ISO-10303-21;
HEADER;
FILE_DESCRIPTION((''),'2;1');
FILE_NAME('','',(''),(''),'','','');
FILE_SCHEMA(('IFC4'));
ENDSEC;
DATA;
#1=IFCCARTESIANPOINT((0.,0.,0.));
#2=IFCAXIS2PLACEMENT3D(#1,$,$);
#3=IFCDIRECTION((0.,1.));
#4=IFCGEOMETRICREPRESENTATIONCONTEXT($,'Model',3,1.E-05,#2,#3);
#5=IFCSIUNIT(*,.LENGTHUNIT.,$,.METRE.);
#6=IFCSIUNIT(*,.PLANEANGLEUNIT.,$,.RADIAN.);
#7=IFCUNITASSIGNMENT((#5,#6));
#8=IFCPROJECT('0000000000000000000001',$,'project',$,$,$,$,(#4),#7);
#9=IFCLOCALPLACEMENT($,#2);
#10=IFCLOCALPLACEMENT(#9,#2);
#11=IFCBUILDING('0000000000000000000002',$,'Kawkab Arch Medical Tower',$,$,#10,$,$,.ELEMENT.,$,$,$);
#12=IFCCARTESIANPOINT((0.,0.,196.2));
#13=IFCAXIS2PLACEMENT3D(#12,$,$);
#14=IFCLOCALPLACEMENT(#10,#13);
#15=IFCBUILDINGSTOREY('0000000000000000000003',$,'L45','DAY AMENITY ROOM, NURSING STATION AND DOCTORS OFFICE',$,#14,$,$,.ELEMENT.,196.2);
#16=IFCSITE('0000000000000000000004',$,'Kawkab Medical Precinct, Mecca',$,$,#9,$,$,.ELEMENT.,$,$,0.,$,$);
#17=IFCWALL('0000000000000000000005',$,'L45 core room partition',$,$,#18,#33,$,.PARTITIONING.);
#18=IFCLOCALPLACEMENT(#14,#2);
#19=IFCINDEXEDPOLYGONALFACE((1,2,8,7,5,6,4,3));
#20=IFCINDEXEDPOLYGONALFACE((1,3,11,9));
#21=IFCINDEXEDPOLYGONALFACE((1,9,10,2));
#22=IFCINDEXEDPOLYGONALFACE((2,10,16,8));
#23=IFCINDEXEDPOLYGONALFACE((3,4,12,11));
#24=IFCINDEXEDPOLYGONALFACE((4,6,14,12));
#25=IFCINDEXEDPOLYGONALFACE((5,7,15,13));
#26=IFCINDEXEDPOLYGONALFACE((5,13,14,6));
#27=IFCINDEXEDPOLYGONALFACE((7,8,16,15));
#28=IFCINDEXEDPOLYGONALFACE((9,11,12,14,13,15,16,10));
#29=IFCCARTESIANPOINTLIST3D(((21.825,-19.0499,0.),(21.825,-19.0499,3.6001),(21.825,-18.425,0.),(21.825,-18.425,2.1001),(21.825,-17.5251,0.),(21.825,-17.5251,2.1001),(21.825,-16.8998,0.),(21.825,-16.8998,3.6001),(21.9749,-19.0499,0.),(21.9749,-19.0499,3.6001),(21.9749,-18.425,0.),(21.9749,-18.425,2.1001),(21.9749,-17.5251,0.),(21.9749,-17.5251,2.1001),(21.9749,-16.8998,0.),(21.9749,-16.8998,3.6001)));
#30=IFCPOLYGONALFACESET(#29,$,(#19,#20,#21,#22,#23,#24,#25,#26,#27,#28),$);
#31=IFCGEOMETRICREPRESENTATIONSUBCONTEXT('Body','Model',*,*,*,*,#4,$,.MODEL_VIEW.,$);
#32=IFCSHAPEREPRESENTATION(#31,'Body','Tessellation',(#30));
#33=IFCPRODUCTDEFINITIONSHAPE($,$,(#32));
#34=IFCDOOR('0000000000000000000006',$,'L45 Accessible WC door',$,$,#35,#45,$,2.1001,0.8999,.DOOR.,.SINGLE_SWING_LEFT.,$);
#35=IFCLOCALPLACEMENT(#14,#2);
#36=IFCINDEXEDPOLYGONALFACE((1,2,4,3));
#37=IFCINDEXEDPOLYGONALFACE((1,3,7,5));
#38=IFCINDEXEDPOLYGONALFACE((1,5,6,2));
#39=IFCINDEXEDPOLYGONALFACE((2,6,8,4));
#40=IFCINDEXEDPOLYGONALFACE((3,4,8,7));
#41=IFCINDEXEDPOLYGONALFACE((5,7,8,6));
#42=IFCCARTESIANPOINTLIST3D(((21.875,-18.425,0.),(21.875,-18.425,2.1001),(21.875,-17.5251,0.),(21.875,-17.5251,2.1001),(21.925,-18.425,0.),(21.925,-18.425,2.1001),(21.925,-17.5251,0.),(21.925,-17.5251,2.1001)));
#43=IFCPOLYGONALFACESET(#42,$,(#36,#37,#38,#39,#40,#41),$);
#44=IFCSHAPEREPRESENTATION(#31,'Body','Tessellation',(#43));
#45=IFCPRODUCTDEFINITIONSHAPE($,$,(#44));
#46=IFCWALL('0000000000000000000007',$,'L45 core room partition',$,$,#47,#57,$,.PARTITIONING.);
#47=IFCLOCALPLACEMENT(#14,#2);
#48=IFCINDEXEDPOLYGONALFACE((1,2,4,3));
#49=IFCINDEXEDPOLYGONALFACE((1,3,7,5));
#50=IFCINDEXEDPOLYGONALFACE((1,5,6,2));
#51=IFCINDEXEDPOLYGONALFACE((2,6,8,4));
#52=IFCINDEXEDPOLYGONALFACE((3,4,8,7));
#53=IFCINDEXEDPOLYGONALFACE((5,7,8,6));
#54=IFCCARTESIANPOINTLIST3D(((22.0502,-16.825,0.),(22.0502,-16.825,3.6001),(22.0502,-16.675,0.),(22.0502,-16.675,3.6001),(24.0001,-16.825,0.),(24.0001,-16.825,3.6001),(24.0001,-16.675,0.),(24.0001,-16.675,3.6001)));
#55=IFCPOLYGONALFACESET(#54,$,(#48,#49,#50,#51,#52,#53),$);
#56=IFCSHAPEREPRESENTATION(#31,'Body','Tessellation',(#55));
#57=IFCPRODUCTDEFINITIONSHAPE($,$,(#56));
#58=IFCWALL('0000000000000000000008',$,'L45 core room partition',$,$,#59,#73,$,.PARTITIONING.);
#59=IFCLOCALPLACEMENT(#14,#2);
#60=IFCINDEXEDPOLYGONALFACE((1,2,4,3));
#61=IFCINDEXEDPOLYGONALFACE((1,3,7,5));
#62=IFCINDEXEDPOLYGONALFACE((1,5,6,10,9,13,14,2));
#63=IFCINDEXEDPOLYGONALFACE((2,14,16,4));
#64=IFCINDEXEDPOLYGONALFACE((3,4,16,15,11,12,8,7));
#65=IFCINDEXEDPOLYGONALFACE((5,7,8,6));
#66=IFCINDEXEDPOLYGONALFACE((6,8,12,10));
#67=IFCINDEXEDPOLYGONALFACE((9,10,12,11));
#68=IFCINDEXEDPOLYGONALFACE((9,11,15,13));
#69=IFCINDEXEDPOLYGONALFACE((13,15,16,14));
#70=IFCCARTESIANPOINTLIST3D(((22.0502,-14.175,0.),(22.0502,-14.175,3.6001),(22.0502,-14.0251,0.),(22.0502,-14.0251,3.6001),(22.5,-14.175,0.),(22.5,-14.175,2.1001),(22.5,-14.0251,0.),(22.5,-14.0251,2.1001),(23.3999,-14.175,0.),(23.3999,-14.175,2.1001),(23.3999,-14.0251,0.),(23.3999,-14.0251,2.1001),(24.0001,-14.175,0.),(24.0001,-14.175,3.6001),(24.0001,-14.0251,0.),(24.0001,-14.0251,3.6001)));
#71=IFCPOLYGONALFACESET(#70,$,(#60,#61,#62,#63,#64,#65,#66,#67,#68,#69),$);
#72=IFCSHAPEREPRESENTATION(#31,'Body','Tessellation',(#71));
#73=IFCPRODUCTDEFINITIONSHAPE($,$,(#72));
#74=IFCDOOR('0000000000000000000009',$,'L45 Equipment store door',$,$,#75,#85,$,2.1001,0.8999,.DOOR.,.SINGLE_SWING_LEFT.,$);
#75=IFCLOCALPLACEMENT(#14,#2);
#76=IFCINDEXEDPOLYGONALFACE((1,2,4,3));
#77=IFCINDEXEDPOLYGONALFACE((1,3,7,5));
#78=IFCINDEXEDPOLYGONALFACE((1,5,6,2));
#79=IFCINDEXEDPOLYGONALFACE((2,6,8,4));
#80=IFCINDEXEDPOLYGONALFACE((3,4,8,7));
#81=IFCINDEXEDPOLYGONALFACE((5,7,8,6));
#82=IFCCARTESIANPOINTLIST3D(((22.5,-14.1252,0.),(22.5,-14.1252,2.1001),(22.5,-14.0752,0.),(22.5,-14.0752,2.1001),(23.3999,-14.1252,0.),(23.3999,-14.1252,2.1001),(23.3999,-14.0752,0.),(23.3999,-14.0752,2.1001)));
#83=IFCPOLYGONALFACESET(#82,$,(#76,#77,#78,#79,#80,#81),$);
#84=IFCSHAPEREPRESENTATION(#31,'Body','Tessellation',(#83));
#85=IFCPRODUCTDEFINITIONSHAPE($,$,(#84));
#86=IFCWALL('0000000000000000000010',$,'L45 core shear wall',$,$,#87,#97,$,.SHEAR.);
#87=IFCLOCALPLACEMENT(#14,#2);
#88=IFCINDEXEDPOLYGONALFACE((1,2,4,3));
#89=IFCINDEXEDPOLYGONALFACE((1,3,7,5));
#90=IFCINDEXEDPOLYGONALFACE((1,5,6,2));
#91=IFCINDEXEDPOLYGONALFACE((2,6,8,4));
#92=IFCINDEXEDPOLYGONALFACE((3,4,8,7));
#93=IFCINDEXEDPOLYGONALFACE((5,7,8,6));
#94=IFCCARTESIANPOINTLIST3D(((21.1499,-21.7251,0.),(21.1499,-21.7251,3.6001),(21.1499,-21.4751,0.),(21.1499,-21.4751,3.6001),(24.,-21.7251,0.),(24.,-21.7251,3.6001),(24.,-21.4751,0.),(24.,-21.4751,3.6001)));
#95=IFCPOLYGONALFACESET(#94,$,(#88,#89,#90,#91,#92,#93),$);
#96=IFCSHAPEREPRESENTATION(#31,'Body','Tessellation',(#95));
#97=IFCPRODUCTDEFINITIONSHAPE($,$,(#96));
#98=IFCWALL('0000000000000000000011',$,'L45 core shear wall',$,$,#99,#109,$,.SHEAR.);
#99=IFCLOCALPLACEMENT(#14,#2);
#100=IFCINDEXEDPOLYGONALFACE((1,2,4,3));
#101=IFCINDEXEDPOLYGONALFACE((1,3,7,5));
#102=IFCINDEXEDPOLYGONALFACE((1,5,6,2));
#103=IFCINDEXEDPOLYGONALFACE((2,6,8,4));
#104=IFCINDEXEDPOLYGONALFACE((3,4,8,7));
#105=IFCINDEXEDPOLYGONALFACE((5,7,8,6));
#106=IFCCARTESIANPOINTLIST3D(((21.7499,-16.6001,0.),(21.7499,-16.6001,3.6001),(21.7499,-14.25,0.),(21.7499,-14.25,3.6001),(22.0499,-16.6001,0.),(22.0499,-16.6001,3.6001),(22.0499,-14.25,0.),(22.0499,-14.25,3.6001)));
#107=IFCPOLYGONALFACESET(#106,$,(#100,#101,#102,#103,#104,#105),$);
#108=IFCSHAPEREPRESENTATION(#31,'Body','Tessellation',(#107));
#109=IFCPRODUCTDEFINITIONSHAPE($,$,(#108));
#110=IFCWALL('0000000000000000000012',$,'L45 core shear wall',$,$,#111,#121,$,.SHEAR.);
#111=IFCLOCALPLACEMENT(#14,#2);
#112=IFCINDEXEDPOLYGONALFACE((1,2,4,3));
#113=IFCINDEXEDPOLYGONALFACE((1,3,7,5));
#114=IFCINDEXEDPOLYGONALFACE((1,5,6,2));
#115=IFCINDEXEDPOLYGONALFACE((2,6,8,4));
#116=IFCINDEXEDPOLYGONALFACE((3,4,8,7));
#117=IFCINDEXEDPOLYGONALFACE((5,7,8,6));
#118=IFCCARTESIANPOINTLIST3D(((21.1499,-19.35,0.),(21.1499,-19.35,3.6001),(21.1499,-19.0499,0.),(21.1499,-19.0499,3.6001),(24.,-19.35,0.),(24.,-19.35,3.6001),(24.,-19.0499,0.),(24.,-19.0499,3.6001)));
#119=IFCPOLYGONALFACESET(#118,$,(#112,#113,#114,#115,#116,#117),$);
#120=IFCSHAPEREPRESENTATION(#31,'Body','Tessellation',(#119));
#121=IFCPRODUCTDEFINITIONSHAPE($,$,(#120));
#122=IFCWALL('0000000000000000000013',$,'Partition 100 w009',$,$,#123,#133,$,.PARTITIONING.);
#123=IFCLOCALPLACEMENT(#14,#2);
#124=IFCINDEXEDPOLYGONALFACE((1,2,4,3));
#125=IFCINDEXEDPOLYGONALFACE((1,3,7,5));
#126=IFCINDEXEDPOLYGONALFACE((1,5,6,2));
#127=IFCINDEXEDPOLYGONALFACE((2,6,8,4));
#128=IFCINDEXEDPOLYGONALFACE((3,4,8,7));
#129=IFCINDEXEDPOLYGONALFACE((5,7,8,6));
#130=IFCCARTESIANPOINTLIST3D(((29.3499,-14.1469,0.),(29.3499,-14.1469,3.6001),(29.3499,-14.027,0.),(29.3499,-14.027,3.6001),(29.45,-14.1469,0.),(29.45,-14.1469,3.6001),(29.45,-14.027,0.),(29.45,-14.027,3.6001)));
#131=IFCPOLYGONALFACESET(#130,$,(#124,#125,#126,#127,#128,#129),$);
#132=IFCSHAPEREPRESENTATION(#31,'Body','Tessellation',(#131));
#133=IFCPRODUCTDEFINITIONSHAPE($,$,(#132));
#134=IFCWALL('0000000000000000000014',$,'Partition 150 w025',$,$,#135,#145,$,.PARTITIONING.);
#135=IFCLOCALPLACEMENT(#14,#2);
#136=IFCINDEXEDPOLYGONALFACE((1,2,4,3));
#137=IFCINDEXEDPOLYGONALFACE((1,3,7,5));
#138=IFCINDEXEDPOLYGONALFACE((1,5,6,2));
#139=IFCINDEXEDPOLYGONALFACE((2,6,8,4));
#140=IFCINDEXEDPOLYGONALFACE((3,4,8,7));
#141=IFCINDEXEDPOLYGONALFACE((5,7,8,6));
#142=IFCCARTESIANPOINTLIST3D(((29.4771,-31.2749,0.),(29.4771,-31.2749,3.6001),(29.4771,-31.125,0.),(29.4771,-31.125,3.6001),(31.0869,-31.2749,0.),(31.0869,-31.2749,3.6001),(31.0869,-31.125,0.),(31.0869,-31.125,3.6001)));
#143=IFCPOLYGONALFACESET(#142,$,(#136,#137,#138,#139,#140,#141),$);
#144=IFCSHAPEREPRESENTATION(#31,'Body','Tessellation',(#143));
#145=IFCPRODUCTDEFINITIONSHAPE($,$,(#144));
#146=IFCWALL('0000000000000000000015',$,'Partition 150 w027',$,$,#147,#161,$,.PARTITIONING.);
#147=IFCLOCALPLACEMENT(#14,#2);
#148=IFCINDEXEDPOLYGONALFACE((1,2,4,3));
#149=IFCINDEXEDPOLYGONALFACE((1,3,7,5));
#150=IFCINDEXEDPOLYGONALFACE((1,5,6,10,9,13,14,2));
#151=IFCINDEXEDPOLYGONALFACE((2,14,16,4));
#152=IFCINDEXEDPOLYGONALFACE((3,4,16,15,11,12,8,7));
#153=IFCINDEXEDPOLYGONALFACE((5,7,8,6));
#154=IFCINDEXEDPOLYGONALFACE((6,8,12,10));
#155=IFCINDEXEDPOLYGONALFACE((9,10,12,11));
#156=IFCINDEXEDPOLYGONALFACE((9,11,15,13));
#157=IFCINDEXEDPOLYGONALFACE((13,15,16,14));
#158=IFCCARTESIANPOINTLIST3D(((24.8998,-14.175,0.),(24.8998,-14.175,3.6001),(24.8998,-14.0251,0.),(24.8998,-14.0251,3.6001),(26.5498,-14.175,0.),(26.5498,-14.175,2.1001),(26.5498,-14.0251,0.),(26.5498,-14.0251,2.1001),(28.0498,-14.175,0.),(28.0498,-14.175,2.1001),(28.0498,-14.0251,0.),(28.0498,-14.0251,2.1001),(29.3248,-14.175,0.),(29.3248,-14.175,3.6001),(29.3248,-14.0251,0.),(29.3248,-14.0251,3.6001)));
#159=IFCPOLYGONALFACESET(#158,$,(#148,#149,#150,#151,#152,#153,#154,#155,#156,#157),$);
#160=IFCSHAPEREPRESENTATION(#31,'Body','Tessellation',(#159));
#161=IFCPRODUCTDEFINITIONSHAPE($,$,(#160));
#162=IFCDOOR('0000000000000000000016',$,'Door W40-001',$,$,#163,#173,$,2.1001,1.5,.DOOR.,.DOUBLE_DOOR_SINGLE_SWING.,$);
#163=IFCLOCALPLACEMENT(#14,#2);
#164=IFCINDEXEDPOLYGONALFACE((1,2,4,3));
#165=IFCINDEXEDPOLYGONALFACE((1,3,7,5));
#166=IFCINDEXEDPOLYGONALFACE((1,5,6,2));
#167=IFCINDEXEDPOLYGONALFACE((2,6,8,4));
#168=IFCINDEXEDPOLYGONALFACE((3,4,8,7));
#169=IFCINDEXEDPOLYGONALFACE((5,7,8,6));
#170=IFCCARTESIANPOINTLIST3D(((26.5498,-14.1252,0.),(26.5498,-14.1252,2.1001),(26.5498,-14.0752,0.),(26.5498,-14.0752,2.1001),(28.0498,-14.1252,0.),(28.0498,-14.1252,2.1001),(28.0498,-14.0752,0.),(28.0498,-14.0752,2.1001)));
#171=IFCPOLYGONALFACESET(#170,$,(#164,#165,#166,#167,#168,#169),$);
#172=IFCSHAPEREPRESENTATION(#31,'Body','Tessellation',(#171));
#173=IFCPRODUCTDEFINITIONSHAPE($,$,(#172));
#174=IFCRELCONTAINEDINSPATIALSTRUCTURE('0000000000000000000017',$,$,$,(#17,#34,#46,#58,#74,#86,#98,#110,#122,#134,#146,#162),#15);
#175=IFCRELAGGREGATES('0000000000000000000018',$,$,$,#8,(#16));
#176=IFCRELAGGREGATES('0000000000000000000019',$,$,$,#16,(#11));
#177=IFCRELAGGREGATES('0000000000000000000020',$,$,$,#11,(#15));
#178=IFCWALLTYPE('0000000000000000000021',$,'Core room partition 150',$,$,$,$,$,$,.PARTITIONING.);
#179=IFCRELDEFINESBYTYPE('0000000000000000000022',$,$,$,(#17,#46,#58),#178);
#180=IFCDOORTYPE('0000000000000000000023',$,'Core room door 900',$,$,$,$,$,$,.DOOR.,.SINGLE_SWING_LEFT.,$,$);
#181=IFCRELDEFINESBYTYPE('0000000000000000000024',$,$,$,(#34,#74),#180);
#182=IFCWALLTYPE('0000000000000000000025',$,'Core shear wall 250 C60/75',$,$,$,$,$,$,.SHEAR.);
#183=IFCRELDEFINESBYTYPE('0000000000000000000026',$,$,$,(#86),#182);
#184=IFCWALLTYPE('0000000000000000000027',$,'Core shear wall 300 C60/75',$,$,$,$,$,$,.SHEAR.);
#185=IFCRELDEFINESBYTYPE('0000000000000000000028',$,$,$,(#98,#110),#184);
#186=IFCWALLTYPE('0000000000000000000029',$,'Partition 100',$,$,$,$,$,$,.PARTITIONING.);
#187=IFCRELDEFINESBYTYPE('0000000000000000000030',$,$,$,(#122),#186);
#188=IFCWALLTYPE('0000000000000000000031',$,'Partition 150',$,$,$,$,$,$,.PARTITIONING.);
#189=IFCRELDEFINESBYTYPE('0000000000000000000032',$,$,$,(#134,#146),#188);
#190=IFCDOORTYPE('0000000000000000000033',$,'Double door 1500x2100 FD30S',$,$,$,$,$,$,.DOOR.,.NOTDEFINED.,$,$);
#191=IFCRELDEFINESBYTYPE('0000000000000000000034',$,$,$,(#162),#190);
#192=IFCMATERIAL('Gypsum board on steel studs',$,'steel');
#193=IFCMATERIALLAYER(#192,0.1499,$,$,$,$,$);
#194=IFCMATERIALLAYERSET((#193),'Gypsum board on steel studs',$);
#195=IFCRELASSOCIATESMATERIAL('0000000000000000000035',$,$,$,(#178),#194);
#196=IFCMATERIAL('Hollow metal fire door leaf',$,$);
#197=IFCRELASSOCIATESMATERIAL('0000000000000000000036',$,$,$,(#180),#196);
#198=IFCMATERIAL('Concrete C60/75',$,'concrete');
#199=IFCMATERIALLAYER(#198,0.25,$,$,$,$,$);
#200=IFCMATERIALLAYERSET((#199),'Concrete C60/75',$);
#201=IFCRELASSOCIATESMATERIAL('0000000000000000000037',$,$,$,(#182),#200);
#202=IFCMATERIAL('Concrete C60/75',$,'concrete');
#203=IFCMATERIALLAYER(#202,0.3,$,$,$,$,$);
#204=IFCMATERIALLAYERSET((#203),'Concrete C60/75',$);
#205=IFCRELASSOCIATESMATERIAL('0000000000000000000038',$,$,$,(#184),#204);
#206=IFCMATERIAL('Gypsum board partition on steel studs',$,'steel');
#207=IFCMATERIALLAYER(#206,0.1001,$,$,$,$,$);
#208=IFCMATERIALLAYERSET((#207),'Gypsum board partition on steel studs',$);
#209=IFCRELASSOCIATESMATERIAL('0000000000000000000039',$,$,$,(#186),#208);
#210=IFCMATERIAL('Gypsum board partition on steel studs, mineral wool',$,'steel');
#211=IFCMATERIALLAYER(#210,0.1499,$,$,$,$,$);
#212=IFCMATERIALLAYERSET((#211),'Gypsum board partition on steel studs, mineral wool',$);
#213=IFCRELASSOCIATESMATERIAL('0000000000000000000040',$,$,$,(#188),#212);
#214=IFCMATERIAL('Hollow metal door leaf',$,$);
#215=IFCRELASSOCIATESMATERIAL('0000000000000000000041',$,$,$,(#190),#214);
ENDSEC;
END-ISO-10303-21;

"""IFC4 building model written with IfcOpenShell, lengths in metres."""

from ifc_helpers import new_model, si_unit, direction, frame, frame_2d, origin, place, context, subcontext, project, spatial, rectangle, extrude, material, layer, layer_set, type_object, element, fill, save


model = new_model("IFC4")

# Units and contexts
model_context = context("Model", 3, precision=1e-05, world=origin(), true_north=direction((0.0, 1.0)))
body_context = subcontext(model_context, "Body", "Model", "MODEL_VIEW")
ifc_project = project(units=[si_unit("LENGTHUNIT", "METRE"), si_unit("PLANEANGLEUNIT", "RADIAN")], contexts=[model_context])

# Site, building, storey
site_placement = place(None, origin())
site = spatial("IfcSite", under=ifc_project, at=site_placement, Name="Kawkab Medical Precinct, Mecca", CompositionType="ELEMENT", RefElevation=0.0)
building_placement = place(site_placement, origin())
building = spatial("IfcBuilding", under=site, at=building_placement, Name="Kawkab Arch Medical Tower", CompositionType="ELEMENT")
storey_placement = place(building_placement, frame((0.0, 0.0, 196.2)))
storey = spatial("IfcBuildingStorey", under=building, at=storey_placement, Name="L45", Description="DAY AMENITY ROOM, NURSING STATION AND DOCTORS OFFICE", CompositionType="ELEMENT", Elevation=196.2)

# Wall, opening, door
ifc_material_1 = material(Name="Gypsum board on steel studs", Category="steel")
ifc_layer_1 = layer(ifc_material_1, 0.1499)
ifc_layer_set_1 = layer_set([ifc_layer_1], Name="Gypsum board on steel studs")
wall_type_1 = type_object("IfcWallType", Name="Core room partition 150", PredefinedType="PARTITIONING", material=ifc_layer_set_1)
wall_1_placement = place(storey_placement, frame((21.8999, -19.05, 0.0), z_axis=(0.0, 0.0, 1.0), x_axis=(0.0, 1.0, 0.0)))
wall_1 = element("IfcWall", 1, at=wall_1_placement, inside=storey, type_object=wall_type_1, Name="L45 core room partition", PredefinedType="PARTITIONING", context=body_context, shape_type="SweptSolid", body=[
    extrude(rectangle(XDim=2.1501, YDim=0.1499, at=frame_2d((1.0752, 0.0))), origin(), (0.0, 0.0, 1.0), 3.6001),
])
opening_1_placement = place(wall_1_placement, frame((0.625, 0.0, 0.0)))
opening_1 = element("IfcOpeningElement", 2, at=opening_1_placement, cuts=wall_1, PredefinedType="OPENING", context=body_context, shape_type="SweptSolid", body=[
    extrude(rectangle(XDim=0.8999, YDim=2.1001, at=frame_2d((0.45, 1.05))), frame((0.0, 0.085, 0.0), z_axis=(0.0, -1.0, 0.0), x_axis=(1.0, 0.0, 0.0)), (0.0, 0.0, 1.0), 0.1699),
])
ifc_material_2 = material(Name="Hollow metal fire door leaf")
door_type_1 = type_object("IfcDoorType", Name="Core room door 900", OperationType="SINGLE_SWING_LEFT", PredefinedType="DOOR", material=ifc_material_2)
door_1_placement = place(opening_1_placement, origin())
door_1 = element("IfcDoor", 3, at=door_1_placement, inside=storey, type_object=door_type_1, Name="L45 Accessible WC door", OperationType="SINGLE_SWING_LEFT", OverallHeight=2.1001, OverallWidth=0.8999, PredefinedType="DOOR", context=body_context, shape_type="SweptSolid", body=[
    extrude(rectangle(XDim=0.8999, YDim=2.1001, at=frame_2d((0.45, 1.05))), frame((0.0, 0.0249, 0.0), z_axis=(0.0, -1.0, 0.0), x_axis=(1.0, 0.0, 0.0)), (0.0, 0.0, 1.0), 0.05),
])
fill(opening_1, door_1)

# Wall
wall_2_placement = place(storey_placement, frame((22.05, -16.75, 0.0), z_axis=(0.0, 0.0, 1.0), x_axis=(1.0, 0.0, 0.0)))
element("IfcWall", 4, at=wall_2_placement, inside=storey, type_object=wall_type_1, Name="L45 core room partition", PredefinedType="PARTITIONING", context=body_context, shape_type="SweptSolid", body=[
    extrude(rectangle(XDim=1.95, YDim=0.1499, at=frame_2d((0.9751, 0.0))), origin(), (0.0, 0.0, 1.0), 3.6001),
])

# Wall, opening, door
wall_3_placement = place(storey_placement, frame((22.05, -14.1001, 0.0), z_axis=(0.0, 0.0, 1.0), x_axis=(1.0, 0.0, 0.0)))
wall_3 = element("IfcWall", 5, at=wall_3_placement, inside=storey, type_object=wall_type_1, Name="L45 core room partition", PredefinedType="PARTITIONING", context=body_context, shape_type="SweptSolid", body=[
    extrude(rectangle(XDim=1.95, YDim=0.1499, at=frame_2d((0.9751, 0.0))), origin(), (0.0, 0.0, 1.0), 3.6001),
])
opening_2_placement = place(wall_3_placement, frame((0.45, 0.0, 0.0)))
opening_2 = element("IfcOpeningElement", 6, at=opening_2_placement, cuts=wall_3, PredefinedType="OPENING", context=body_context, shape_type="SweptSolid", body=[
    extrude(rectangle(XDim=0.8999, YDim=2.1001, at=frame_2d((0.45, 1.05))), frame((0.0, 0.085, 0.0), z_axis=(0.0, -1.0, 0.0), x_axis=(1.0, 0.0, 0.0)), (0.0, 0.0, 1.0), 0.1699),
])
door_2_placement = place(opening_2_placement, origin())
door_2 = element("IfcDoor", 7, at=door_2_placement, inside=storey, type_object=door_type_1, Name="L45 Equipment store door", OperationType="SINGLE_SWING_LEFT", OverallHeight=2.1001, OverallWidth=0.8999, PredefinedType="DOOR", context=body_context, shape_type="SweptSolid", body=[
    extrude(rectangle(XDim=0.8999, YDim=2.1001, at=frame_2d((0.45, 1.05))), frame((0.0, 0.0249, 0.0), z_axis=(0.0, -1.0, 0.0), x_axis=(1.0, 0.0, 0.0)), (0.0, 0.0, 1.0), 0.05),
])
fill(opening_2, door_2)

# Walls
ifc_material_3 = material(Name="Concrete C60/75", Category="concrete")
ifc_layer_2 = layer(ifc_material_3, 0.25)
ifc_layer_set_2 = layer_set([ifc_layer_2], Name="Concrete C60/75")
wall_type_2 = type_object("IfcWallType", Name="Core shear wall 250 C60/75", PredefinedType="SHEAR", material=ifc_layer_set_2)
wall_4_placement = place(storey_placement, frame((21.1499, -21.6001, 0.0), z_axis=(0.0, 0.0, 1.0), x_axis=(1.0, 0.0, 0.0)))
element("IfcWall", 8, at=wall_4_placement, inside=storey, type_object=wall_type_2, Name="L45 core shear wall", PredefinedType="SHEAR", context=body_context, shape_type="SweptSolid", body=[
    extrude(rectangle(XDim=2.8501, YDim=0.25, at=frame_2d((1.425, 0.0))), origin(), (0.0, 0.0, 1.0), 3.6001),
])
ifc_material_4 = material(Name="Concrete C60/75", Category="concrete")
ifc_layer_3 = layer(ifc_material_4, 0.3)
ifc_layer_set_3 = layer_set([ifc_layer_3], Name="Concrete C60/75")
wall_type_3 = type_object("IfcWallType", Name="Core shear wall 300 C60/75", PredefinedType="SHEAR", material=ifc_layer_set_3)
wall_5_placement = place(storey_placement, frame((21.8999, -16.6001, 0.0), z_axis=(0.0, 0.0, 1.0), x_axis=(0.0, 1.0, 0.0)))
element("IfcWall", 9, at=wall_5_placement, inside=storey, type_object=wall_type_3, Name="L45 core shear wall", PredefinedType="SHEAR", context=body_context, shape_type="SweptSolid", body=[
    extrude(rectangle(XDim=2.3501, YDim=0.3, at=frame_2d((1.175, 0.0))), origin(), (0.0, 0.0, 1.0), 3.6001),
])
wall_6_placement = place(storey_placement, frame((21.1499, -19.2, 0.0), z_axis=(0.0, 0.0, 1.0), x_axis=(1.0, 0.0, 0.0)))
element("IfcWall", 10, at=wall_6_placement, inside=storey, type_object=wall_type_3, Name="L45 core shear wall", PredefinedType="SHEAR", context=body_context, shape_type="SweptSolid", body=[
    extrude(rectangle(XDim=2.8501, YDim=0.3, at=frame_2d((1.425, 0.0))), origin(), (0.0, 0.0, 1.0), 3.6001),
])
ifc_material_5 = material(Name="Gypsum board partition on steel studs", Category="steel")
ifc_layer_4 = layer(ifc_material_5, 0.1001)
ifc_layer_set_4 = layer_set([ifc_layer_4], Name="Gypsum board partition on steel studs")
wall_type_4 = type_object("IfcWallType", Name="Partition 100", PredefinedType="PARTITIONING", material=ifc_layer_set_4)
wall_7_placement = place(storey_placement, frame((29.3999, -14.147, 0.0), z_axis=(0.0, 0.0, 1.0), x_axis=(0.0, 1.0, 0.0)))
element("IfcWall", 11, at=wall_7_placement, inside=storey, type_object=wall_type_4, Name="Partition 100 w009", PredefinedType="PARTITIONING", context=body_context, shape_type="SweptSolid", body=[
    extrude(rectangle(XDim=0.1199, YDim=0.1001, at=frame_2d((0.0601, 0.0))), origin(), (0.0, 0.0, 1.0), 3.6001),
])
ifc_material_6 = material(Name="Gypsum board partition on steel studs, mineral wool", Category="steel")
ifc_layer_5 = layer(ifc_material_6, 0.1499)
ifc_layer_set_5 = layer_set([ifc_layer_5], Name="Gypsum board partition on steel studs, mineral wool")
wall_type_5 = type_object("IfcWallType", Name="Partition 150", PredefinedType="PARTITIONING", material=ifc_layer_set_5)
wall_8_placement = place(storey_placement, frame((29.4771, -31.2, 0.0), z_axis=(0.0, 0.0, 1.0), x_axis=(1.0, 0.0, 0.0)))
element("IfcWall", 12, at=wall_8_placement, inside=storey, type_object=wall_type_5, Name="Partition 150 w025", PredefinedType="PARTITIONING", context=body_context, shape_type="SweptSolid", body=[
    extrude(rectangle(XDim=1.6099, YDim=0.1499, at=frame_2d((0.8049, 0.0))), origin(), (0.0, 0.0, 1.0), 3.6001),
])

# Wall, opening, door
wall_9_placement = place(storey_placement, frame((24.8999, -14.1001, 0.0), z_axis=(0.0, 0.0, 1.0), x_axis=(1.0, 0.0, 0.0)))
wall_9 = element("IfcWall", 13, at=wall_9_placement, inside=storey, type_object=wall_type_5, Name="Partition 150 w027", PredefinedType="PARTITIONING", context=body_context, shape_type="SweptSolid", body=[
    extrude(rectangle(XDim=4.425, YDim=0.1499, at=frame_2d((2.2124, 0.0))), origin(), (0.0, 0.0, 1.0), 3.6001),
])
opening_3_placement = place(wall_9_placement, frame((1.6499, 0.0, 0.0)))
opening_3 = element("IfcOpeningElement", 14, at=opening_3_placement, cuts=wall_9, PredefinedType="OPENING", context=body_context, shape_type="SweptSolid", body=[
    extrude(rectangle(XDim=1.5, YDim=2.1001, at=frame_2d((0.75, 1.05))), frame((0.0, 0.085, 0.0), z_axis=(0.0, -1.0, 0.0), x_axis=(1.0, 0.0, 0.0)), (0.0, 0.0, 1.0), 0.1699),
])
ifc_material_7 = material(Name="Hollow metal door leaf")
door_type_2 = type_object("IfcDoorType", Name="Double door 1500x2100 FD30S", OperationType="NOTDEFINED", PredefinedType="DOOR", material=ifc_material_7)
door_3_placement = place(opening_3_placement, origin())
door_3 = element("IfcDoor", 15, at=door_3_placement, inside=storey, type_object=door_type_2, Name="Door W40-001", OperationType="DOUBLE_DOOR_SINGLE_SWING", OverallHeight=2.1001, OverallWidth=1.5, PredefinedType="DOOR", context=body_context, shape_type="SweptSolid", body=[
    extrude(rectangle(XDim=1.5, YDim=2.1001, at=frame_2d((0.75, 1.05))), frame((0.0, 0.0249, 0.0), z_axis=(0.0, -1.0, 0.0), x_axis=(1.0, 0.0, 0.0)), (0.0, 0.0, 1.0), 0.05),
])
fill(opening_3, door_3)

save(model, "model.ifc")
